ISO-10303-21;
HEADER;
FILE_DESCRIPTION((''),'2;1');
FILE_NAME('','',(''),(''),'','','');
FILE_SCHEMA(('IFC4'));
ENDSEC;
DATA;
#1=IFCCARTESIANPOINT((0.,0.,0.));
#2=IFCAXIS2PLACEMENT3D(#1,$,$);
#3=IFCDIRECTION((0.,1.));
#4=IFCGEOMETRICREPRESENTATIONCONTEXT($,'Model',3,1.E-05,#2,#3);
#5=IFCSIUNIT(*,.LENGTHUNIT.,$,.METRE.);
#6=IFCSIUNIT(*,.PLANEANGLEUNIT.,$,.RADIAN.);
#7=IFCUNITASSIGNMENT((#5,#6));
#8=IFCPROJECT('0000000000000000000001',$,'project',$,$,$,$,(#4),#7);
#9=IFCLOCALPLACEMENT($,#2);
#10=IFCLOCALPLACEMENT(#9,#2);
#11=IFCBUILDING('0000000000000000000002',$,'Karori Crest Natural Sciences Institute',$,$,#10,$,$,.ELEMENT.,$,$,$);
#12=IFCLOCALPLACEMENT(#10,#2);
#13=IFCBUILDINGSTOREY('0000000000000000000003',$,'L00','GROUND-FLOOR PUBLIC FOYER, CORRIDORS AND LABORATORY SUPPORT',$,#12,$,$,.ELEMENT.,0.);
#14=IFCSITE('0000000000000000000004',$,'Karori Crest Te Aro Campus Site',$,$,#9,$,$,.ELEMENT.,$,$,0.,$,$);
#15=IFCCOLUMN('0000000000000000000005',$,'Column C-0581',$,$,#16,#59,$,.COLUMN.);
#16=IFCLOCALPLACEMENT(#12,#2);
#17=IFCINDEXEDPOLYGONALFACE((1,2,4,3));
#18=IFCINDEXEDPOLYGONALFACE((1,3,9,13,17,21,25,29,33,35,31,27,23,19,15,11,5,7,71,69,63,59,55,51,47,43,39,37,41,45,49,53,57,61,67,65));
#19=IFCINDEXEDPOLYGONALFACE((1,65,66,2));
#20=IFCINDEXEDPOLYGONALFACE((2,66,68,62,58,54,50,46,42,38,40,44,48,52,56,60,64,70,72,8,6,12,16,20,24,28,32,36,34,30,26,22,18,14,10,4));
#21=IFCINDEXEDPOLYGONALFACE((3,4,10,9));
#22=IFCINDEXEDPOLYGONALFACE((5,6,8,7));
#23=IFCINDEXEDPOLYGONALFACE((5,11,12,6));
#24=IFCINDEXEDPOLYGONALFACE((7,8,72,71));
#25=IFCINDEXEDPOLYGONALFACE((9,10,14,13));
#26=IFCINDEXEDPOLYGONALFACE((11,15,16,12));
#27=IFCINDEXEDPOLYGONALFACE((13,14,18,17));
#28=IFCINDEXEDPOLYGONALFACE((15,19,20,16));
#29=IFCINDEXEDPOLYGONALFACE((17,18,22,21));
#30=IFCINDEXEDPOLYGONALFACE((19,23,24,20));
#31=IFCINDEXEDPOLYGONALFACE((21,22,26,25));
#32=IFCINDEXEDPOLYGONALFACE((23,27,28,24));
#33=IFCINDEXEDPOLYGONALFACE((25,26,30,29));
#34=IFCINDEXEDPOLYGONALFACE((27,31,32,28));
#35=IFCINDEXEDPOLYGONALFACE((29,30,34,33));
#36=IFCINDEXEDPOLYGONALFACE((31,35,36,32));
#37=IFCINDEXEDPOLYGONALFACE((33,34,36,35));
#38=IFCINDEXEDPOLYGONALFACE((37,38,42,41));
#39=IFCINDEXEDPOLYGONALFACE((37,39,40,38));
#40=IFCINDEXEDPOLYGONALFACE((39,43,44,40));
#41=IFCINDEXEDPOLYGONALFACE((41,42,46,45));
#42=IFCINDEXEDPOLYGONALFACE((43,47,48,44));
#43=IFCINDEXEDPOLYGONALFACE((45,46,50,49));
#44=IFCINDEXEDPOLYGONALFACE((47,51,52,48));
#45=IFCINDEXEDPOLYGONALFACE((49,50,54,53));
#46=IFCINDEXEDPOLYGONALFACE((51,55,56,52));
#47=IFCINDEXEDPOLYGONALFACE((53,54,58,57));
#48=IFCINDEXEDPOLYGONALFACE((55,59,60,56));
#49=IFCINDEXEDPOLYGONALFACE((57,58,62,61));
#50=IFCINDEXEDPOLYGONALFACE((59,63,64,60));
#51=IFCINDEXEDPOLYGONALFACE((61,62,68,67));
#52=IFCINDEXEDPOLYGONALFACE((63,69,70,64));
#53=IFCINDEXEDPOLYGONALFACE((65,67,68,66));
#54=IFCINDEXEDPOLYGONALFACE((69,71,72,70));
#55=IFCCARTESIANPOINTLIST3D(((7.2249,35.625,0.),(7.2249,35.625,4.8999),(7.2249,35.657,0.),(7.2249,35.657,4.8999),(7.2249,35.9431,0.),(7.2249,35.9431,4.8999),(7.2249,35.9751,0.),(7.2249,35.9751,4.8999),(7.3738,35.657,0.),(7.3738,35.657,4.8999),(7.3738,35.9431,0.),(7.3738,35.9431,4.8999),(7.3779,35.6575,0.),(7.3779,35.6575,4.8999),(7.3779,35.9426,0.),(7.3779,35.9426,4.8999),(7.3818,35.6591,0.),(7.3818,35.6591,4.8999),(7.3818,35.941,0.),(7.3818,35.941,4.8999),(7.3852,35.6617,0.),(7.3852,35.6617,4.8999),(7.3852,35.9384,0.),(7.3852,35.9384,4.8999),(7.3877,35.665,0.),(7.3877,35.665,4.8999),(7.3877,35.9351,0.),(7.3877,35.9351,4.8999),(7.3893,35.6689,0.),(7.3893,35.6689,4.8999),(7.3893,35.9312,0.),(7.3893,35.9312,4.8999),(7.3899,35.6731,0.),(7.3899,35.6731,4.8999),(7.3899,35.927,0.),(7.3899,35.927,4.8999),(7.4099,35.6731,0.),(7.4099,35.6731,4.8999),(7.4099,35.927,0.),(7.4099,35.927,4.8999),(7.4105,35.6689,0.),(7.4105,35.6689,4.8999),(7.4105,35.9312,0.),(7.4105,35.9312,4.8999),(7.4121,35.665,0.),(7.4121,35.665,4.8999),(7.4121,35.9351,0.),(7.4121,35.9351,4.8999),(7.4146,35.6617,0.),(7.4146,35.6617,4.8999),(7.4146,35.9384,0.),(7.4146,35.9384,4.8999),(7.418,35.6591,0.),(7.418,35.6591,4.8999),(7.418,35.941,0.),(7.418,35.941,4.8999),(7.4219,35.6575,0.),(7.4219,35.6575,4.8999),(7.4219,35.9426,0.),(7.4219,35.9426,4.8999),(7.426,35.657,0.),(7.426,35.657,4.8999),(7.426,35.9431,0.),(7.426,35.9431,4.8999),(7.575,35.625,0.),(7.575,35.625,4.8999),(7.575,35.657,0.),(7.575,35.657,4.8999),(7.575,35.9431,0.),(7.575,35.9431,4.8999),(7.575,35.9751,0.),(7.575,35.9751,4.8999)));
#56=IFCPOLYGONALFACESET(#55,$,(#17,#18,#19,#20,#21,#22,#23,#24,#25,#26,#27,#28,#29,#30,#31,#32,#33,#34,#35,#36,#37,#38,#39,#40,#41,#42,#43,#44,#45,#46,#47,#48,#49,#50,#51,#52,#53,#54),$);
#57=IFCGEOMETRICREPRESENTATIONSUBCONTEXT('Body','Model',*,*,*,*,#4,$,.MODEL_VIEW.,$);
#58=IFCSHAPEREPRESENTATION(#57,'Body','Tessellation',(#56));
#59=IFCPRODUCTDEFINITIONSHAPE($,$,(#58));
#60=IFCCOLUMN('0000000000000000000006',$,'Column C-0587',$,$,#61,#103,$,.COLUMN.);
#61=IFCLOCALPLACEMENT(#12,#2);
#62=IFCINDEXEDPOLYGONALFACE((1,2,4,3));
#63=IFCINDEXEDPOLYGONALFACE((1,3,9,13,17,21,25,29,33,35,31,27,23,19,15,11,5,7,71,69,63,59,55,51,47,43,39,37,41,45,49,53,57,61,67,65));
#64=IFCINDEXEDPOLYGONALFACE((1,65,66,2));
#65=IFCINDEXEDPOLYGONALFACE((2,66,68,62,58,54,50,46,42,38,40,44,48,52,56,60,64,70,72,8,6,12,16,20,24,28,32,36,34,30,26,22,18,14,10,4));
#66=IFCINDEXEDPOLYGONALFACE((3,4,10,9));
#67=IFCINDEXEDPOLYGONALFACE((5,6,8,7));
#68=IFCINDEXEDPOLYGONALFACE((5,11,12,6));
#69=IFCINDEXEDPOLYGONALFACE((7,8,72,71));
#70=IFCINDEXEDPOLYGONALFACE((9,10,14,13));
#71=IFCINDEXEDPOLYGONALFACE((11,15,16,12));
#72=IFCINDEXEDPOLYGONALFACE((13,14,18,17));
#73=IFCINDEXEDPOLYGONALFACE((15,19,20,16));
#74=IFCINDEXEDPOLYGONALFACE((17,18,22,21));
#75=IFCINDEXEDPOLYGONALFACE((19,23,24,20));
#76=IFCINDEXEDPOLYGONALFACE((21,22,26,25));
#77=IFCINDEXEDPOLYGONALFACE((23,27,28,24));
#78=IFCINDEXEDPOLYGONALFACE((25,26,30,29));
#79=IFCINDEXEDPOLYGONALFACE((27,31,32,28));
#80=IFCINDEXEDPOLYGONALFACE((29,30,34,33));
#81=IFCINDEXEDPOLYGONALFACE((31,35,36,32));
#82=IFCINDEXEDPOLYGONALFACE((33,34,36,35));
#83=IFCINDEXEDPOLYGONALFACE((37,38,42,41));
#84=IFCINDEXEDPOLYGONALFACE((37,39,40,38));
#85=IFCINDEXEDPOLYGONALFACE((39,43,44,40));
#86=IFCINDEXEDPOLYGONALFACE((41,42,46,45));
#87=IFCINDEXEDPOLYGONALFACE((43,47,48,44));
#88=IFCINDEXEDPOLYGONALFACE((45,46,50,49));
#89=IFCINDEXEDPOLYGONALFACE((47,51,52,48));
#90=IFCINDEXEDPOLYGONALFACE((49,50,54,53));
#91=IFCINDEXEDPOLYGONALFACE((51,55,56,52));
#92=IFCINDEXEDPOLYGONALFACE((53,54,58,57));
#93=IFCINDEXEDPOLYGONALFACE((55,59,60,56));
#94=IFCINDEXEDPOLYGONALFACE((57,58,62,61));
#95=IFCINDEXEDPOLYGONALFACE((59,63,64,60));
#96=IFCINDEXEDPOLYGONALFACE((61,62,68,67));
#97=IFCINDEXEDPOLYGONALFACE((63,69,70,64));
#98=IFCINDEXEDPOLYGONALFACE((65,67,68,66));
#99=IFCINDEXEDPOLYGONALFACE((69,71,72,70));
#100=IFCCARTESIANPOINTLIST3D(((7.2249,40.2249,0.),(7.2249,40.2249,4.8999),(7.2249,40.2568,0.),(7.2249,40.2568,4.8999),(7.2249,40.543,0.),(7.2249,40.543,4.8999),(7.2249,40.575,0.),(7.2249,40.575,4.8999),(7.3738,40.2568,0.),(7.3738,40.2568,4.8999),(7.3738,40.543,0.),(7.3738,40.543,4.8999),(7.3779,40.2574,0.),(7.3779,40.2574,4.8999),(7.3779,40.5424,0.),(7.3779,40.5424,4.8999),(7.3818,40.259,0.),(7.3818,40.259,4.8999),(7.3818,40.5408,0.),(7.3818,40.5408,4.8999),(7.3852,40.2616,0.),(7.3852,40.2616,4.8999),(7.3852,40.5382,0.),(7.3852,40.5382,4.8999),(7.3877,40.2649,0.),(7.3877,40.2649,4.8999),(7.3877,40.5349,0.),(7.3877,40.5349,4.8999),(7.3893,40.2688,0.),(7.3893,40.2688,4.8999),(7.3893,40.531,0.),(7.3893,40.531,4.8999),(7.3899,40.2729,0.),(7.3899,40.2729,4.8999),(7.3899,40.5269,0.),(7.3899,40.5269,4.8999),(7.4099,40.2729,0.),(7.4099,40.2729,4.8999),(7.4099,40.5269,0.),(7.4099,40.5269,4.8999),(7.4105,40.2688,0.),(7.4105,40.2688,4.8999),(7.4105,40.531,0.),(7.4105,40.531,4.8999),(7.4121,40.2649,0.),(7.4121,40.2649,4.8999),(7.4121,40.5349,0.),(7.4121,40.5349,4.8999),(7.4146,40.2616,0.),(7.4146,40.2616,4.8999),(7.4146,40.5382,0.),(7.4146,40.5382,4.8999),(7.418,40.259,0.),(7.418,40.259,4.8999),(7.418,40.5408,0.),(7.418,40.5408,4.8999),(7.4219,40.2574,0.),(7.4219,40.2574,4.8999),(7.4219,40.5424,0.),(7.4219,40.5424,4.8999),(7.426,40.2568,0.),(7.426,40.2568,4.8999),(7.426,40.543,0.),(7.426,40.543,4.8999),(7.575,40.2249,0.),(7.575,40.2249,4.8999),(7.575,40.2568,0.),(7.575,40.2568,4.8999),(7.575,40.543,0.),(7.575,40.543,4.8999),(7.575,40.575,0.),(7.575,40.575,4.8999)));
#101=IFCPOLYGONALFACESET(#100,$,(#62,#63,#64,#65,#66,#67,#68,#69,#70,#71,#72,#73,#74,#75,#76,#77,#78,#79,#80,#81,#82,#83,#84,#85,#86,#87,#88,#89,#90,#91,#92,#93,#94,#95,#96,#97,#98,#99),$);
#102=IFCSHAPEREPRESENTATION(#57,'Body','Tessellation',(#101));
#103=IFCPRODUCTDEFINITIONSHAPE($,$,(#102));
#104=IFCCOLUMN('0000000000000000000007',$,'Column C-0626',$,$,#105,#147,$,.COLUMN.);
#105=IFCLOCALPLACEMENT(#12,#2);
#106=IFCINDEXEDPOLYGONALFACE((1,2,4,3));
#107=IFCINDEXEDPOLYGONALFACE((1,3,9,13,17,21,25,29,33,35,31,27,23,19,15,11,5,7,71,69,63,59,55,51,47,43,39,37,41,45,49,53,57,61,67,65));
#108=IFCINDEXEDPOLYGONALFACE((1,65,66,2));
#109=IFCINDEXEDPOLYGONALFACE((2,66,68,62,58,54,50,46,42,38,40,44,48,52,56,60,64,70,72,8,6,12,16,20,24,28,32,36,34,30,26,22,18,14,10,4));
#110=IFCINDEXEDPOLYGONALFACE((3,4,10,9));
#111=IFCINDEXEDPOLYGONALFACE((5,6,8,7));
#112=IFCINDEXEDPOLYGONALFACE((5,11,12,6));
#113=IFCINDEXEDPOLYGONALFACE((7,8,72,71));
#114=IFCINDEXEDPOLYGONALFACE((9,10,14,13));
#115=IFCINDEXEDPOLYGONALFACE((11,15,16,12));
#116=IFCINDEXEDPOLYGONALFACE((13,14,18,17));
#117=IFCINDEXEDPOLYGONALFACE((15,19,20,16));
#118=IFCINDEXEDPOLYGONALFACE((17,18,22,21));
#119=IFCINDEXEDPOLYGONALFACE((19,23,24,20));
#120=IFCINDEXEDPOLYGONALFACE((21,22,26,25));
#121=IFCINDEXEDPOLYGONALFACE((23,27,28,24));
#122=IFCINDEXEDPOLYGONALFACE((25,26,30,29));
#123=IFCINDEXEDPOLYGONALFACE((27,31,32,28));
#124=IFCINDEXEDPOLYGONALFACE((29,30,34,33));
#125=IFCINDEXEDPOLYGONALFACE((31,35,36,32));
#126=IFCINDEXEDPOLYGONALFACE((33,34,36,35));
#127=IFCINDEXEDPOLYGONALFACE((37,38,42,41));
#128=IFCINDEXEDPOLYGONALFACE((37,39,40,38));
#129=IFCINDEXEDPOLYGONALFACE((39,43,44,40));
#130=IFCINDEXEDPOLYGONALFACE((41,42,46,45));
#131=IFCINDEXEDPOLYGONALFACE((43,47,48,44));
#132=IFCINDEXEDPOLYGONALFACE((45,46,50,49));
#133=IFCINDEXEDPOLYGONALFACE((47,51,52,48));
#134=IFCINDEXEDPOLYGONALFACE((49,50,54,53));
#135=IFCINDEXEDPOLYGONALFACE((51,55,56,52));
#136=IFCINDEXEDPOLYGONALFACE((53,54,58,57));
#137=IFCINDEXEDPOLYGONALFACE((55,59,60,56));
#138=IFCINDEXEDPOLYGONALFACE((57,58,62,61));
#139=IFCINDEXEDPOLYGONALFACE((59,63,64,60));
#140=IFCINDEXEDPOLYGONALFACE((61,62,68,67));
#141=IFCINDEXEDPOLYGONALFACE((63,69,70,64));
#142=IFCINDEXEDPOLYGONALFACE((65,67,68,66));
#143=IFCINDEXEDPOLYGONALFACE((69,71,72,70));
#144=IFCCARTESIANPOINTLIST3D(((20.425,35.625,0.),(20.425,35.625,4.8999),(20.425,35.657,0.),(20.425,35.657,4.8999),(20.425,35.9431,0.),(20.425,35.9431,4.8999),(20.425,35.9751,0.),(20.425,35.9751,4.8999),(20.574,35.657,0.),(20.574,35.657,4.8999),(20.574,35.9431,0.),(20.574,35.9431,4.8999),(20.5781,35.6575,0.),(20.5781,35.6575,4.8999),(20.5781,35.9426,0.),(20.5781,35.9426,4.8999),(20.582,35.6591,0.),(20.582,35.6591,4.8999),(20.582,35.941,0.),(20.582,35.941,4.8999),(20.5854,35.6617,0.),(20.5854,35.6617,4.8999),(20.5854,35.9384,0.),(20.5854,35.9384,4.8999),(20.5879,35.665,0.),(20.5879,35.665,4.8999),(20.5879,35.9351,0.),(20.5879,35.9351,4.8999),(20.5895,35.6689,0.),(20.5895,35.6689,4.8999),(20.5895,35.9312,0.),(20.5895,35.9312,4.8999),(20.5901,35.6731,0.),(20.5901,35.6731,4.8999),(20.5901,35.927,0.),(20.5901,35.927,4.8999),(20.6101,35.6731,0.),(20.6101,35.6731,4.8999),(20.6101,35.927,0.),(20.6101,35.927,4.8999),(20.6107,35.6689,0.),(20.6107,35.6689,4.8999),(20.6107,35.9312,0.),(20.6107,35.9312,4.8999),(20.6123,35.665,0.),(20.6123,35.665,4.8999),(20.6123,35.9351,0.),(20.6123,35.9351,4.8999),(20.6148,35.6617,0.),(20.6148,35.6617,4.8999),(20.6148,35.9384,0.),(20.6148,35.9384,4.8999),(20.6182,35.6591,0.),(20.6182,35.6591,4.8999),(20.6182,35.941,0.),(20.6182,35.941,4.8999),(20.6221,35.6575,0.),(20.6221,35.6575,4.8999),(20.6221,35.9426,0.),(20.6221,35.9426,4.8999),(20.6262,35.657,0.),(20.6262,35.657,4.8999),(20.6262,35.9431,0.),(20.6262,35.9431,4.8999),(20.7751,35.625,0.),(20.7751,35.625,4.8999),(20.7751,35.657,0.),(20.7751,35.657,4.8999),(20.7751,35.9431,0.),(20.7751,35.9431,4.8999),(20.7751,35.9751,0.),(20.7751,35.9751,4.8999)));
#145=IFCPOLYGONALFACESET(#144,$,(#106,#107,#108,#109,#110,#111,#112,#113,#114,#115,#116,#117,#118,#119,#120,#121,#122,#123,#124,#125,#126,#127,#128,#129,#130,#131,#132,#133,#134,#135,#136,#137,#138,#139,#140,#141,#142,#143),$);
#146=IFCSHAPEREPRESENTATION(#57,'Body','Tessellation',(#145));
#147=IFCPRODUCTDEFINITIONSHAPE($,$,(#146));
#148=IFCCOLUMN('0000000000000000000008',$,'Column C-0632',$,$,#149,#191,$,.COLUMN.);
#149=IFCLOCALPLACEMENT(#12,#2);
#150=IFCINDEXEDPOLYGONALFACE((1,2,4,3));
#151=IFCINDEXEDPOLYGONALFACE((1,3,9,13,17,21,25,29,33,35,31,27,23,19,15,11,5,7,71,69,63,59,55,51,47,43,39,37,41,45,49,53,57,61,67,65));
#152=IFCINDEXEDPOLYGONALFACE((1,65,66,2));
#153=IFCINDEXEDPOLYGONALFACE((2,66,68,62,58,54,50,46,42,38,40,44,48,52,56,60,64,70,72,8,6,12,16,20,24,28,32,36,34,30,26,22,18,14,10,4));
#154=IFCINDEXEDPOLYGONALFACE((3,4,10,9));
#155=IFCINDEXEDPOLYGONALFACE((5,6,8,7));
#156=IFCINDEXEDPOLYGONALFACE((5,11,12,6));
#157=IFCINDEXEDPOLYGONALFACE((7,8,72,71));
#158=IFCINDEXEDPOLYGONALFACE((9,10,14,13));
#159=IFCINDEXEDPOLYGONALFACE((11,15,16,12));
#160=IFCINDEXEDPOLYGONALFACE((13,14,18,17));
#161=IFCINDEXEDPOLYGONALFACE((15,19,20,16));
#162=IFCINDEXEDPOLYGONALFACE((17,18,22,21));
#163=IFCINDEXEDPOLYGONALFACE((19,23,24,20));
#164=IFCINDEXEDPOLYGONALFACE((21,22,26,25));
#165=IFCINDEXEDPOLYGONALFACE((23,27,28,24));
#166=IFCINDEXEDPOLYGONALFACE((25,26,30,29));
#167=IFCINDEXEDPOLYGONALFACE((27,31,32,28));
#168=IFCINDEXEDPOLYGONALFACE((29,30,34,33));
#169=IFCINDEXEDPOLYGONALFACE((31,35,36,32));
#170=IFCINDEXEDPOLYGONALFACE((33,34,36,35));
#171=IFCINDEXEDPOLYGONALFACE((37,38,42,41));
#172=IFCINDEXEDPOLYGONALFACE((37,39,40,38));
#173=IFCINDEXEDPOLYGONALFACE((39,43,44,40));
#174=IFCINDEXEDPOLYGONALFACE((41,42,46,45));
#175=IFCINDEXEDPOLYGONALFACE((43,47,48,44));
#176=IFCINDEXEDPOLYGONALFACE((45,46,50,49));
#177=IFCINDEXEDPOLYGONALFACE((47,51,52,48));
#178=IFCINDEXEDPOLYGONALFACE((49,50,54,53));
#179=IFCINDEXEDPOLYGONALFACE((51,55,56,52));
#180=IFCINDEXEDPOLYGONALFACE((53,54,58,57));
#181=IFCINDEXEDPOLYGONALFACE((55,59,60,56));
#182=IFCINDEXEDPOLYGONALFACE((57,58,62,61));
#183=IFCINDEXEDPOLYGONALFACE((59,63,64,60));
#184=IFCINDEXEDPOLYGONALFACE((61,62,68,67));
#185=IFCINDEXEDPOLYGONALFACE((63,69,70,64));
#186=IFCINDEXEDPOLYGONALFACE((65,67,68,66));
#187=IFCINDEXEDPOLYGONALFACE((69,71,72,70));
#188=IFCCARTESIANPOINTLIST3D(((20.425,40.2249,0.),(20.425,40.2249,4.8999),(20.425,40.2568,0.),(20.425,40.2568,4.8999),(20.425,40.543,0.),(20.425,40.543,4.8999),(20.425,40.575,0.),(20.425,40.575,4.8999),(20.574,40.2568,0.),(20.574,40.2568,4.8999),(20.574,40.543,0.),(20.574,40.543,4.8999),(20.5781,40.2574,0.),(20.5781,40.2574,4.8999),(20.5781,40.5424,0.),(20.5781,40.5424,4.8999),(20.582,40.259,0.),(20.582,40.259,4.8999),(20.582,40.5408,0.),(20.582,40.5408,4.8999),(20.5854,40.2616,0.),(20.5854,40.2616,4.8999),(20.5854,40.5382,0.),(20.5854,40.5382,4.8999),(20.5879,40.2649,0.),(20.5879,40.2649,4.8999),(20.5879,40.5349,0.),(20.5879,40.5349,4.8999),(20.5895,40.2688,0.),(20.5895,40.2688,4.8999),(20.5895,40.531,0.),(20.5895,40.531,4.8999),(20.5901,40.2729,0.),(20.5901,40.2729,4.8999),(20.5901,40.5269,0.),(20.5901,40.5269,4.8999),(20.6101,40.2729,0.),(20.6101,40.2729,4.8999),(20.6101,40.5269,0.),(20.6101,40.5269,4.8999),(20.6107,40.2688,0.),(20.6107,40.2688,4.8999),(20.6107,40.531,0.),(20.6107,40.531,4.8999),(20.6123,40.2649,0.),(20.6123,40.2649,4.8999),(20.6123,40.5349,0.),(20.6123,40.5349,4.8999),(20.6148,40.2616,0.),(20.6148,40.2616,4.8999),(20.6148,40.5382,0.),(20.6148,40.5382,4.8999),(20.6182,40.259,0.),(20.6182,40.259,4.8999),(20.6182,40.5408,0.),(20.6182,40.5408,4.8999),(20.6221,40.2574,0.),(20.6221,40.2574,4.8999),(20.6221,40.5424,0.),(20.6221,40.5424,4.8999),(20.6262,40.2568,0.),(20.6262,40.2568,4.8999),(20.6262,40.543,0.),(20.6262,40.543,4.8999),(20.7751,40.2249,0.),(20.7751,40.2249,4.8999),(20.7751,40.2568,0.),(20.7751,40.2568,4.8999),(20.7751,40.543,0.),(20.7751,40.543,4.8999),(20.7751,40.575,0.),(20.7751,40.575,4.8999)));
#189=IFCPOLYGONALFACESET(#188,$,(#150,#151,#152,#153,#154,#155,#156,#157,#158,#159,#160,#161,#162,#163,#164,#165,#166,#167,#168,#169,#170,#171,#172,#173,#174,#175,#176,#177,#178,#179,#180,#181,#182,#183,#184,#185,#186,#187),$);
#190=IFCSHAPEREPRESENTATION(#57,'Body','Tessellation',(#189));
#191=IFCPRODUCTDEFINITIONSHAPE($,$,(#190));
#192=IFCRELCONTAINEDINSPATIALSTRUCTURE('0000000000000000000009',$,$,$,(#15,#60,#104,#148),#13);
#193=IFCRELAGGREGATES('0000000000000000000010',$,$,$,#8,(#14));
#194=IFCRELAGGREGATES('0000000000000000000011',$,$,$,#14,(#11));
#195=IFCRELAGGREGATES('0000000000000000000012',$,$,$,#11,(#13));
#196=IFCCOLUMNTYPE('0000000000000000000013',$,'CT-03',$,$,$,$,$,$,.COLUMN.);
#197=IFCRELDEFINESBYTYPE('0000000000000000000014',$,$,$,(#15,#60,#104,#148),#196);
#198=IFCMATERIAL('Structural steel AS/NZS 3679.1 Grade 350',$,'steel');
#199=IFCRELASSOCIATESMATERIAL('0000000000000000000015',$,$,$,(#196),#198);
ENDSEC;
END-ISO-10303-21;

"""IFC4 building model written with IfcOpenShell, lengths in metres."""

from ifc_helpers import new_model, si_unit, direction, frame, origin, origin_2d, place, context, subcontext, project, spatial, i_section, extrude, material, material_profile, profile_set, type_object, element, save


model = new_model("IFC4")

# Units and contexts
model_context = context("Model", 3, precision=1e-05, world=origin(), true_north=direction((0.0, 1.0)))
body_context = subcontext(model_context, "Body", "Model", "MODEL_VIEW")
ifc_project = project(units=[si_unit("LENGTHUNIT", "METRE"), si_unit("PLANEANGLEUNIT", "RADIAN")], contexts=[model_context])

# Site, building, storey
site_placement = place(None, origin())
site = spatial("IfcSite", under=ifc_project, at=site_placement, Name="Karori Crest Te Aro Campus Site", CompositionType="ELEMENT", RefElevation=0.0)
building_placement = place(site_placement, origin())
building = spatial("IfcBuilding", under=site, at=building_placement, Name="Karori Crest Natural Sciences Institute", CompositionType="ELEMENT")
storey_placement = place(building_placement, origin())
storey = spatial("IfcBuildingStorey", under=building, at=storey_placement, Name="L00", Description="GROUND-FLOOR PUBLIC FOYER, CORRIDORS AND LABORATORY SUPPORT", CompositionType="ELEMENT", Elevation=0.0)

# Columns
ifc_material_1 = material(Name="Structural steel AS/NZS 3679.1 Grade 350", Category="steel")
ifc_material_profile_1 = material_profile(ifc_material_1, i_section(OverallWidth=0.3501, OverallDepth=0.3501, WebThickness=0.02, FlangeThickness=0.032, FilletRadius=0.0161, at=origin_2d()), Name="350WC280")
ifc_profile_set_1 = profile_set([ifc_material_profile_1], Name="Structural steel AS/NZS 3679.1 Grade 350")
column_type = type_object("IfcColumnType", Name="CT-03", PredefinedType="COLUMN", material=ifc_profile_set_1)
for number, where, z_axis, x_axis, name in (
    (1, (7.3999, 35.8, 0.0), (0.0, 0.0, 1.0), (1.0, 0.0, 0.0), "Column C-0581"),
    (2, (7.3999, 40.3999, 0.0), (0.0, 0.0, 1.0), (1.0, 0.0, 0.0), "Column C-0587"),
    (3, (20.6001, 35.8, 0.0), (0.0, 0.0, 1.0), (1.0, 0.0, 0.0), "Column C-0626"),
    (4, (20.6001, 40.3999, 0.0), (0.0, 0.0, 1.0), (1.0, 0.0, 0.0), "Column C-0632"),
):
    element("IfcColumn", number, at=place(storey_placement, frame(where, z_axis=z_axis, x_axis=x_axis)), inside=storey, type_object=column_type, Name=name, PredefinedType="COLUMN", context=body_context, shape_type="SweptSolid", body=[
        extrude(i_section(OverallWidth=0.3501, OverallDepth=0.3501, WebThickness=0.02, FlangeThickness=0.032, FilletRadius=0.0161, at=origin_2d()), origin(), (0.0, 0.0, 1.0), 4.8999),
    ])

save(model, "model.ifc")
